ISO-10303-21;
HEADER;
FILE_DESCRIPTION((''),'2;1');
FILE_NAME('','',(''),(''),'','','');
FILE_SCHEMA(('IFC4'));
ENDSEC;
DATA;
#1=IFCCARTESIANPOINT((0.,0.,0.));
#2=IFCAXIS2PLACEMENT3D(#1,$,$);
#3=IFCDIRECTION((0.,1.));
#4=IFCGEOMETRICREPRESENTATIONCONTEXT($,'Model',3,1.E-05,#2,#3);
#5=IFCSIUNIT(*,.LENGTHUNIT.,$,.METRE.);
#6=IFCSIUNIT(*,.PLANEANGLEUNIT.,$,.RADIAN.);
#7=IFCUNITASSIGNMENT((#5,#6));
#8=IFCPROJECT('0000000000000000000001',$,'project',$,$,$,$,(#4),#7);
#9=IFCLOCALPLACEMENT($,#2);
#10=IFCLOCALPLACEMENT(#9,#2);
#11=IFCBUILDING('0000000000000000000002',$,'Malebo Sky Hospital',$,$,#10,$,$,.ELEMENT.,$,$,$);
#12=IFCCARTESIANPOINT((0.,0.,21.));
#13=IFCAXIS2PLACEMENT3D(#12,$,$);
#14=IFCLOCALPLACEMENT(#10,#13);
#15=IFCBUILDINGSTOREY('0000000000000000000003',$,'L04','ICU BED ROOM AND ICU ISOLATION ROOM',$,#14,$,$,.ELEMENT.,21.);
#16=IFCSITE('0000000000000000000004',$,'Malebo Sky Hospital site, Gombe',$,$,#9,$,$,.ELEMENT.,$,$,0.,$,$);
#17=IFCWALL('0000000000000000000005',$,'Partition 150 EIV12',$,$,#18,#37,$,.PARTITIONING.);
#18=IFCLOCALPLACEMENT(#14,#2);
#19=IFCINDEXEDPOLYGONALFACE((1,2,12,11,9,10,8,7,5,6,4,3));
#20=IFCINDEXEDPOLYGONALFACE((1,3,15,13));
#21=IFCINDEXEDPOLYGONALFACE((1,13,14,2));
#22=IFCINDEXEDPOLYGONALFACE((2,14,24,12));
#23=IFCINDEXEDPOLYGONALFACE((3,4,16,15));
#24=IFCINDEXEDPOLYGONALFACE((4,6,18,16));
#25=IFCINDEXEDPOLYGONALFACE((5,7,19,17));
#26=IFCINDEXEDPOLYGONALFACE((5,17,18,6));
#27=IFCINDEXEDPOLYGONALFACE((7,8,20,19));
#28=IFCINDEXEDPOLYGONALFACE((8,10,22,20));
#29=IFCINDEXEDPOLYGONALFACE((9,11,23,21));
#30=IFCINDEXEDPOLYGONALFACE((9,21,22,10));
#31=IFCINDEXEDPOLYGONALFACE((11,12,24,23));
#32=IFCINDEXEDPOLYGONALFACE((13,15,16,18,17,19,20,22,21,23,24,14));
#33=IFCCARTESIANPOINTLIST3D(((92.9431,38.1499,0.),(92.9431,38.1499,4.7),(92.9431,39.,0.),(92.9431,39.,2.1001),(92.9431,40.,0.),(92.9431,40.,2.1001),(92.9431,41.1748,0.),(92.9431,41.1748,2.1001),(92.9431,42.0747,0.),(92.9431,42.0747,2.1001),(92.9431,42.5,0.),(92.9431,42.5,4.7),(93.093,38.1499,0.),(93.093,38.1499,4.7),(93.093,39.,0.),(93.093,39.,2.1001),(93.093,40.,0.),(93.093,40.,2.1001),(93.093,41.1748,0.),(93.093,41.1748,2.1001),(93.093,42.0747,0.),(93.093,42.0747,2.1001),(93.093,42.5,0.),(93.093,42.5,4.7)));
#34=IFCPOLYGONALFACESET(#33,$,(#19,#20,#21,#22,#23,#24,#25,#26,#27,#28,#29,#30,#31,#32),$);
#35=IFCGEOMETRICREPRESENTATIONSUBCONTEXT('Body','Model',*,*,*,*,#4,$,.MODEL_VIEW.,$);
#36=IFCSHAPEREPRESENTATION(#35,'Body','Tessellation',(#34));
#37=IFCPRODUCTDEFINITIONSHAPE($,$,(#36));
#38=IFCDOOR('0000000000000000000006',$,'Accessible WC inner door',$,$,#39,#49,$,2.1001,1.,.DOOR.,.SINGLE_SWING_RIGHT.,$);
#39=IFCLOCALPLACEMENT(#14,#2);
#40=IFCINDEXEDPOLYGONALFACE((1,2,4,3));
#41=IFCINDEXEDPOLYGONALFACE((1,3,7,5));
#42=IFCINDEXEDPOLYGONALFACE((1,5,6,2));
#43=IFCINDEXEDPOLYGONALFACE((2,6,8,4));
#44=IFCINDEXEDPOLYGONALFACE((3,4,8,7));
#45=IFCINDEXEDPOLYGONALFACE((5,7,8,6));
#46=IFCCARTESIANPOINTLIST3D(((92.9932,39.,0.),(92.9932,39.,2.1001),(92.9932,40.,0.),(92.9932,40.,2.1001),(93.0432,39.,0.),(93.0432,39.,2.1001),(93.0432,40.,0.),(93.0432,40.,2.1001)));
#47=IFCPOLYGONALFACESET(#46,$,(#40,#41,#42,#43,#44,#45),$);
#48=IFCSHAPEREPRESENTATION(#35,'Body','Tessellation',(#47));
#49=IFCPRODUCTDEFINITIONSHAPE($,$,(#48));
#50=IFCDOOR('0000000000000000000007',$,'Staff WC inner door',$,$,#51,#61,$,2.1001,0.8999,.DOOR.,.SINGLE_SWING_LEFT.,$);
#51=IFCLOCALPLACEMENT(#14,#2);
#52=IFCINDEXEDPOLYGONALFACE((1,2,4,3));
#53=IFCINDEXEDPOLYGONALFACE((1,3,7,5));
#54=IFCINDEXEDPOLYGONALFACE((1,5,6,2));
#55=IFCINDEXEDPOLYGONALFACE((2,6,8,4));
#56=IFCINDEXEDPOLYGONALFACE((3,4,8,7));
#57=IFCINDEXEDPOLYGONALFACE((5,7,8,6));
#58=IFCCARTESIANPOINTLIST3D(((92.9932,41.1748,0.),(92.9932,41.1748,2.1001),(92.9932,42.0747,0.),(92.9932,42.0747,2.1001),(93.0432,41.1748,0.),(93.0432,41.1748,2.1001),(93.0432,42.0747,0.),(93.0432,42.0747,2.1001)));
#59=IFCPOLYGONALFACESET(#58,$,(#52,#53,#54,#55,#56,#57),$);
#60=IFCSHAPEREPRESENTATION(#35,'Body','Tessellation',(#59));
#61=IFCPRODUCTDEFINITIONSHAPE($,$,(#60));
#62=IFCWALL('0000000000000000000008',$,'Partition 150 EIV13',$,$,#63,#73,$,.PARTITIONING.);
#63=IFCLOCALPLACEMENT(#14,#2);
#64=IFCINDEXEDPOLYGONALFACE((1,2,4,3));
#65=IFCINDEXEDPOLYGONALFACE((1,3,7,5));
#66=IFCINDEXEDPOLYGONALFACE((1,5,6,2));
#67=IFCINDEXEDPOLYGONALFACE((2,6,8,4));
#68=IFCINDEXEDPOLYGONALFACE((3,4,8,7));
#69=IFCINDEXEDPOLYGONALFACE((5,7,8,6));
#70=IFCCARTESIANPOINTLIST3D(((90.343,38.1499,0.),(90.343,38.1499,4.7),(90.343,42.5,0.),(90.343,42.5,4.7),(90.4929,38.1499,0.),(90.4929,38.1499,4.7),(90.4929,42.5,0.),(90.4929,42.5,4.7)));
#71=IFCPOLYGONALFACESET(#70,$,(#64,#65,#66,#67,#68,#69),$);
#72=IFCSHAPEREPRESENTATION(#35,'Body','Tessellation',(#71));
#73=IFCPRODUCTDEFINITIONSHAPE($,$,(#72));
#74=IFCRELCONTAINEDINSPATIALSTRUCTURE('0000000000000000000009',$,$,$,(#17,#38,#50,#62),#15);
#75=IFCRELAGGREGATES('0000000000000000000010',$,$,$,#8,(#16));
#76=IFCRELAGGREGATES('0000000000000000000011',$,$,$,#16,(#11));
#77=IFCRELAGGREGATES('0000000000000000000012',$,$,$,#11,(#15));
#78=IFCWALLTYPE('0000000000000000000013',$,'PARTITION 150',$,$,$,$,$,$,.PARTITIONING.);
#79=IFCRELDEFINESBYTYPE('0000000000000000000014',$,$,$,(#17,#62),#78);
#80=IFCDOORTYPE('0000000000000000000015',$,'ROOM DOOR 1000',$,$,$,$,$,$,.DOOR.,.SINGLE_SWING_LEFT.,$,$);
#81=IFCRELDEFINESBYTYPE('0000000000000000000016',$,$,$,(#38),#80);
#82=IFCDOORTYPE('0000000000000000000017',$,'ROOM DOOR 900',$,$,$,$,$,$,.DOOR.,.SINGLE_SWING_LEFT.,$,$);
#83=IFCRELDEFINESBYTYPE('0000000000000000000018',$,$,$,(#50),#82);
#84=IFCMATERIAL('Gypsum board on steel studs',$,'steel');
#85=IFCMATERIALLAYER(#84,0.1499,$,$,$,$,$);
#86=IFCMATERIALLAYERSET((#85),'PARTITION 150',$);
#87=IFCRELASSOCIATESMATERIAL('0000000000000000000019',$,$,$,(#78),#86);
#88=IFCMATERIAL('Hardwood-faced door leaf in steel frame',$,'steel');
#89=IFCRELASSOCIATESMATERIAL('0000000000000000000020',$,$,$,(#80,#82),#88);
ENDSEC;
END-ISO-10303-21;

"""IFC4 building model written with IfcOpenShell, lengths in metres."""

from ifc_helpers import new_model, si_unit, direction, frame, frame_2d, origin, place, context, subcontext, project, spatial, rectangle, extrude, material, layer, layer_set, type_object, element, fill, save


model = new_model("IFC4")

# Units and contexts
model_context = context("Model", 3, precision=1e-05, world=origin(), true_north=direction((0.0, 1.0)))
body_context = subcontext(model_context, "Body", "Model", "MODEL_VIEW")
ifc_project = project(units=[si_unit("LENGTHUNIT", "METRE"), si_unit("PLANEANGLEUNIT", "RADIAN")], contexts=[model_context])

# Site, building, storey
site_placement = place(None, origin())
site = spatial("IfcSite", under=ifc_project, at=site_placement, Name="Malebo Sky Hospital site, Gombe", CompositionType="ELEMENT", RefElevation=0.0)
building_placement = place(site_placement, origin())
building = spatial("IfcBuilding", under=site, at=building_placement, Name="Malebo Sky Hospital", CompositionType="ELEMENT")
storey_placement = place(building_placement, frame((0.0, 0.0, 21.0)))
storey = spatial("IfcBuildingStorey", under=building, at=storey_placement, Name="L04", Description="ICU BED ROOM AND ICU ISOLATION ROOM", CompositionType="ELEMENT", Elevation=21.0)

# Shared definitions
ifc_material_1 = material(Name="Gypsum board on steel studs", Category="steel")
ifc_layer_1 = layer(ifc_material_1, 0.1499)
ifc_layer_set_1 = layer_set([ifc_layer_1], Name="PARTITION 150")
wall_type = type_object("IfcWallType", Name="PARTITION 150", PredefinedType="PARTITIONING", material=ifc_layer_set_1)

# Wall, openings, doors
wall_1_placement = place(storey_placement, frame((93.0181, 38.1499, 0.0), z_axis=(0.0, 0.0, 1.0), x_axis=(0.0, 1.0, 0.0)))
wall_1 = element("IfcWall", 1, at=wall_1_placement, inside=storey, type_object=wall_type, Name="Partition 150 EIV12", PredefinedType="PARTITIONING", context=body_context, shape_type="SweptSolid", body=[
    extrude(rectangle(XDim=4.3501, YDim=0.1499, at=frame_2d((2.175, 0.0))), origin(), (0.0, 0.0, 1.0), 4.7),
])
opening_1_placement = place(wall_1_placement, frame((0.8501, 0.0, 0.0)))
opening_1 = element("IfcOpeningElement", 2, at=opening_1_placement, cuts=wall_1, PredefinedType="OPENING", context=body_context, shape_type="SweptSolid", body=[
    extrude(rectangle(XDim=1.0, YDim=2.1001, at=frame_2d((0.5, 1.05))), frame((0.0, 0.085, 0.0), z_axis=(0.0, -1.0, 0.0), x_axis=(1.0, 0.0, 0.0)), (0.0, 0.0, 1.0), 0.1699),
])
opening_2_placement = place(wall_1_placement, frame((3.0249, 0.0, 0.0)))
opening_2 = element("IfcOpeningElement", 3, at=opening_2_placement, cuts=wall_1, PredefinedType="OPENING", context=body_context, shape_type="SweptSolid", body=[
    extrude(rectangle(XDim=0.8999, YDim=2.1001, at=frame_2d((0.45, 1.05))), frame((0.0, 0.085, 0.0), z_axis=(0.0, -1.0, 0.0), x_axis=(1.0, 0.0, 0.0)), (0.0, 0.0, 1.0), 0.1699),
])
ifc_material_2 = material(Name="Hardwood-faced door leaf in steel frame", Category="steel")
door_type_1 = type_object("IfcDoorType", Name="ROOM DOOR 1000", OperationType="SINGLE_SWING_LEFT", PredefinedType="DOOR", material=ifc_material_2)
door_1_placement = place(opening_1_placement, origin())
door_1 = element("IfcDoor", 4, at=door_1_placement, inside=storey, type_object=door_type_1, Name="Accessible WC inner door", OperationType="SINGLE_SWING_RIGHT", OverallHeight=2.1001, OverallWidth=1.0, PredefinedType="DOOR", context=body_context, shape_type="SweptSolid", body=[
    extrude(rectangle(XDim=1.0, YDim=2.1001, at=frame_2d((0.5, 1.05))), frame((0.0, 0.0249, 0.0), z_axis=(0.0, -1.0, 0.0), x_axis=(1.0, 0.0, 0.0)), (0.0, 0.0, 1.0), 0.05),
])
fill(opening_1, door_1)
door_type_2 = type_object("IfcDoorType", Name="ROOM DOOR 900", OperationType="SINGLE_SWING_LEFT", PredefinedType="DOOR", material=ifc_material_2)
door_2_placement = place(opening_2_placement, origin())
door_2 = element("IfcDoor", 5, at=door_2_placement, inside=storey, type_object=door_type_2, Name="Staff WC inner door", OperationType="SINGLE_SWING_LEFT", OverallHeight=2.1001, OverallWidth=0.8999, PredefinedType="DOOR", context=body_context, shape_type="SweptSolid", body=[
    extrude(rectangle(XDim=0.8999, YDim=2.1001, at=frame_2d((0.45, 1.05))), frame((0.0, 0.0249, 0.0), z_axis=(0.0, -1.0, 0.0), x_axis=(1.0, 0.0, 0.0)), (0.0, 0.0, 1.0), 0.05),
])
fill(opening_2, door_2)

# Wall
wall_2_placement = place(storey_placement, frame((90.418, 38.1499, 0.0), z_axis=(0.0, 0.0, 1.0), x_axis=(0.0, 1.0, 0.0)))
element("IfcWall", 6, at=wall_2_placement, inside=storey, type_object=wall_type, Name="Partition 150 EIV13", PredefinedType="PARTITIONING", context=body_context, shape_type="SweptSolid", body=[
    extrude(rectangle(XDim=4.3501, YDim=0.1499, at=frame_2d((2.175, 0.0))), origin(), (0.0, 0.0, 1.0), 4.7),
])

save(model, "model.ifc")
